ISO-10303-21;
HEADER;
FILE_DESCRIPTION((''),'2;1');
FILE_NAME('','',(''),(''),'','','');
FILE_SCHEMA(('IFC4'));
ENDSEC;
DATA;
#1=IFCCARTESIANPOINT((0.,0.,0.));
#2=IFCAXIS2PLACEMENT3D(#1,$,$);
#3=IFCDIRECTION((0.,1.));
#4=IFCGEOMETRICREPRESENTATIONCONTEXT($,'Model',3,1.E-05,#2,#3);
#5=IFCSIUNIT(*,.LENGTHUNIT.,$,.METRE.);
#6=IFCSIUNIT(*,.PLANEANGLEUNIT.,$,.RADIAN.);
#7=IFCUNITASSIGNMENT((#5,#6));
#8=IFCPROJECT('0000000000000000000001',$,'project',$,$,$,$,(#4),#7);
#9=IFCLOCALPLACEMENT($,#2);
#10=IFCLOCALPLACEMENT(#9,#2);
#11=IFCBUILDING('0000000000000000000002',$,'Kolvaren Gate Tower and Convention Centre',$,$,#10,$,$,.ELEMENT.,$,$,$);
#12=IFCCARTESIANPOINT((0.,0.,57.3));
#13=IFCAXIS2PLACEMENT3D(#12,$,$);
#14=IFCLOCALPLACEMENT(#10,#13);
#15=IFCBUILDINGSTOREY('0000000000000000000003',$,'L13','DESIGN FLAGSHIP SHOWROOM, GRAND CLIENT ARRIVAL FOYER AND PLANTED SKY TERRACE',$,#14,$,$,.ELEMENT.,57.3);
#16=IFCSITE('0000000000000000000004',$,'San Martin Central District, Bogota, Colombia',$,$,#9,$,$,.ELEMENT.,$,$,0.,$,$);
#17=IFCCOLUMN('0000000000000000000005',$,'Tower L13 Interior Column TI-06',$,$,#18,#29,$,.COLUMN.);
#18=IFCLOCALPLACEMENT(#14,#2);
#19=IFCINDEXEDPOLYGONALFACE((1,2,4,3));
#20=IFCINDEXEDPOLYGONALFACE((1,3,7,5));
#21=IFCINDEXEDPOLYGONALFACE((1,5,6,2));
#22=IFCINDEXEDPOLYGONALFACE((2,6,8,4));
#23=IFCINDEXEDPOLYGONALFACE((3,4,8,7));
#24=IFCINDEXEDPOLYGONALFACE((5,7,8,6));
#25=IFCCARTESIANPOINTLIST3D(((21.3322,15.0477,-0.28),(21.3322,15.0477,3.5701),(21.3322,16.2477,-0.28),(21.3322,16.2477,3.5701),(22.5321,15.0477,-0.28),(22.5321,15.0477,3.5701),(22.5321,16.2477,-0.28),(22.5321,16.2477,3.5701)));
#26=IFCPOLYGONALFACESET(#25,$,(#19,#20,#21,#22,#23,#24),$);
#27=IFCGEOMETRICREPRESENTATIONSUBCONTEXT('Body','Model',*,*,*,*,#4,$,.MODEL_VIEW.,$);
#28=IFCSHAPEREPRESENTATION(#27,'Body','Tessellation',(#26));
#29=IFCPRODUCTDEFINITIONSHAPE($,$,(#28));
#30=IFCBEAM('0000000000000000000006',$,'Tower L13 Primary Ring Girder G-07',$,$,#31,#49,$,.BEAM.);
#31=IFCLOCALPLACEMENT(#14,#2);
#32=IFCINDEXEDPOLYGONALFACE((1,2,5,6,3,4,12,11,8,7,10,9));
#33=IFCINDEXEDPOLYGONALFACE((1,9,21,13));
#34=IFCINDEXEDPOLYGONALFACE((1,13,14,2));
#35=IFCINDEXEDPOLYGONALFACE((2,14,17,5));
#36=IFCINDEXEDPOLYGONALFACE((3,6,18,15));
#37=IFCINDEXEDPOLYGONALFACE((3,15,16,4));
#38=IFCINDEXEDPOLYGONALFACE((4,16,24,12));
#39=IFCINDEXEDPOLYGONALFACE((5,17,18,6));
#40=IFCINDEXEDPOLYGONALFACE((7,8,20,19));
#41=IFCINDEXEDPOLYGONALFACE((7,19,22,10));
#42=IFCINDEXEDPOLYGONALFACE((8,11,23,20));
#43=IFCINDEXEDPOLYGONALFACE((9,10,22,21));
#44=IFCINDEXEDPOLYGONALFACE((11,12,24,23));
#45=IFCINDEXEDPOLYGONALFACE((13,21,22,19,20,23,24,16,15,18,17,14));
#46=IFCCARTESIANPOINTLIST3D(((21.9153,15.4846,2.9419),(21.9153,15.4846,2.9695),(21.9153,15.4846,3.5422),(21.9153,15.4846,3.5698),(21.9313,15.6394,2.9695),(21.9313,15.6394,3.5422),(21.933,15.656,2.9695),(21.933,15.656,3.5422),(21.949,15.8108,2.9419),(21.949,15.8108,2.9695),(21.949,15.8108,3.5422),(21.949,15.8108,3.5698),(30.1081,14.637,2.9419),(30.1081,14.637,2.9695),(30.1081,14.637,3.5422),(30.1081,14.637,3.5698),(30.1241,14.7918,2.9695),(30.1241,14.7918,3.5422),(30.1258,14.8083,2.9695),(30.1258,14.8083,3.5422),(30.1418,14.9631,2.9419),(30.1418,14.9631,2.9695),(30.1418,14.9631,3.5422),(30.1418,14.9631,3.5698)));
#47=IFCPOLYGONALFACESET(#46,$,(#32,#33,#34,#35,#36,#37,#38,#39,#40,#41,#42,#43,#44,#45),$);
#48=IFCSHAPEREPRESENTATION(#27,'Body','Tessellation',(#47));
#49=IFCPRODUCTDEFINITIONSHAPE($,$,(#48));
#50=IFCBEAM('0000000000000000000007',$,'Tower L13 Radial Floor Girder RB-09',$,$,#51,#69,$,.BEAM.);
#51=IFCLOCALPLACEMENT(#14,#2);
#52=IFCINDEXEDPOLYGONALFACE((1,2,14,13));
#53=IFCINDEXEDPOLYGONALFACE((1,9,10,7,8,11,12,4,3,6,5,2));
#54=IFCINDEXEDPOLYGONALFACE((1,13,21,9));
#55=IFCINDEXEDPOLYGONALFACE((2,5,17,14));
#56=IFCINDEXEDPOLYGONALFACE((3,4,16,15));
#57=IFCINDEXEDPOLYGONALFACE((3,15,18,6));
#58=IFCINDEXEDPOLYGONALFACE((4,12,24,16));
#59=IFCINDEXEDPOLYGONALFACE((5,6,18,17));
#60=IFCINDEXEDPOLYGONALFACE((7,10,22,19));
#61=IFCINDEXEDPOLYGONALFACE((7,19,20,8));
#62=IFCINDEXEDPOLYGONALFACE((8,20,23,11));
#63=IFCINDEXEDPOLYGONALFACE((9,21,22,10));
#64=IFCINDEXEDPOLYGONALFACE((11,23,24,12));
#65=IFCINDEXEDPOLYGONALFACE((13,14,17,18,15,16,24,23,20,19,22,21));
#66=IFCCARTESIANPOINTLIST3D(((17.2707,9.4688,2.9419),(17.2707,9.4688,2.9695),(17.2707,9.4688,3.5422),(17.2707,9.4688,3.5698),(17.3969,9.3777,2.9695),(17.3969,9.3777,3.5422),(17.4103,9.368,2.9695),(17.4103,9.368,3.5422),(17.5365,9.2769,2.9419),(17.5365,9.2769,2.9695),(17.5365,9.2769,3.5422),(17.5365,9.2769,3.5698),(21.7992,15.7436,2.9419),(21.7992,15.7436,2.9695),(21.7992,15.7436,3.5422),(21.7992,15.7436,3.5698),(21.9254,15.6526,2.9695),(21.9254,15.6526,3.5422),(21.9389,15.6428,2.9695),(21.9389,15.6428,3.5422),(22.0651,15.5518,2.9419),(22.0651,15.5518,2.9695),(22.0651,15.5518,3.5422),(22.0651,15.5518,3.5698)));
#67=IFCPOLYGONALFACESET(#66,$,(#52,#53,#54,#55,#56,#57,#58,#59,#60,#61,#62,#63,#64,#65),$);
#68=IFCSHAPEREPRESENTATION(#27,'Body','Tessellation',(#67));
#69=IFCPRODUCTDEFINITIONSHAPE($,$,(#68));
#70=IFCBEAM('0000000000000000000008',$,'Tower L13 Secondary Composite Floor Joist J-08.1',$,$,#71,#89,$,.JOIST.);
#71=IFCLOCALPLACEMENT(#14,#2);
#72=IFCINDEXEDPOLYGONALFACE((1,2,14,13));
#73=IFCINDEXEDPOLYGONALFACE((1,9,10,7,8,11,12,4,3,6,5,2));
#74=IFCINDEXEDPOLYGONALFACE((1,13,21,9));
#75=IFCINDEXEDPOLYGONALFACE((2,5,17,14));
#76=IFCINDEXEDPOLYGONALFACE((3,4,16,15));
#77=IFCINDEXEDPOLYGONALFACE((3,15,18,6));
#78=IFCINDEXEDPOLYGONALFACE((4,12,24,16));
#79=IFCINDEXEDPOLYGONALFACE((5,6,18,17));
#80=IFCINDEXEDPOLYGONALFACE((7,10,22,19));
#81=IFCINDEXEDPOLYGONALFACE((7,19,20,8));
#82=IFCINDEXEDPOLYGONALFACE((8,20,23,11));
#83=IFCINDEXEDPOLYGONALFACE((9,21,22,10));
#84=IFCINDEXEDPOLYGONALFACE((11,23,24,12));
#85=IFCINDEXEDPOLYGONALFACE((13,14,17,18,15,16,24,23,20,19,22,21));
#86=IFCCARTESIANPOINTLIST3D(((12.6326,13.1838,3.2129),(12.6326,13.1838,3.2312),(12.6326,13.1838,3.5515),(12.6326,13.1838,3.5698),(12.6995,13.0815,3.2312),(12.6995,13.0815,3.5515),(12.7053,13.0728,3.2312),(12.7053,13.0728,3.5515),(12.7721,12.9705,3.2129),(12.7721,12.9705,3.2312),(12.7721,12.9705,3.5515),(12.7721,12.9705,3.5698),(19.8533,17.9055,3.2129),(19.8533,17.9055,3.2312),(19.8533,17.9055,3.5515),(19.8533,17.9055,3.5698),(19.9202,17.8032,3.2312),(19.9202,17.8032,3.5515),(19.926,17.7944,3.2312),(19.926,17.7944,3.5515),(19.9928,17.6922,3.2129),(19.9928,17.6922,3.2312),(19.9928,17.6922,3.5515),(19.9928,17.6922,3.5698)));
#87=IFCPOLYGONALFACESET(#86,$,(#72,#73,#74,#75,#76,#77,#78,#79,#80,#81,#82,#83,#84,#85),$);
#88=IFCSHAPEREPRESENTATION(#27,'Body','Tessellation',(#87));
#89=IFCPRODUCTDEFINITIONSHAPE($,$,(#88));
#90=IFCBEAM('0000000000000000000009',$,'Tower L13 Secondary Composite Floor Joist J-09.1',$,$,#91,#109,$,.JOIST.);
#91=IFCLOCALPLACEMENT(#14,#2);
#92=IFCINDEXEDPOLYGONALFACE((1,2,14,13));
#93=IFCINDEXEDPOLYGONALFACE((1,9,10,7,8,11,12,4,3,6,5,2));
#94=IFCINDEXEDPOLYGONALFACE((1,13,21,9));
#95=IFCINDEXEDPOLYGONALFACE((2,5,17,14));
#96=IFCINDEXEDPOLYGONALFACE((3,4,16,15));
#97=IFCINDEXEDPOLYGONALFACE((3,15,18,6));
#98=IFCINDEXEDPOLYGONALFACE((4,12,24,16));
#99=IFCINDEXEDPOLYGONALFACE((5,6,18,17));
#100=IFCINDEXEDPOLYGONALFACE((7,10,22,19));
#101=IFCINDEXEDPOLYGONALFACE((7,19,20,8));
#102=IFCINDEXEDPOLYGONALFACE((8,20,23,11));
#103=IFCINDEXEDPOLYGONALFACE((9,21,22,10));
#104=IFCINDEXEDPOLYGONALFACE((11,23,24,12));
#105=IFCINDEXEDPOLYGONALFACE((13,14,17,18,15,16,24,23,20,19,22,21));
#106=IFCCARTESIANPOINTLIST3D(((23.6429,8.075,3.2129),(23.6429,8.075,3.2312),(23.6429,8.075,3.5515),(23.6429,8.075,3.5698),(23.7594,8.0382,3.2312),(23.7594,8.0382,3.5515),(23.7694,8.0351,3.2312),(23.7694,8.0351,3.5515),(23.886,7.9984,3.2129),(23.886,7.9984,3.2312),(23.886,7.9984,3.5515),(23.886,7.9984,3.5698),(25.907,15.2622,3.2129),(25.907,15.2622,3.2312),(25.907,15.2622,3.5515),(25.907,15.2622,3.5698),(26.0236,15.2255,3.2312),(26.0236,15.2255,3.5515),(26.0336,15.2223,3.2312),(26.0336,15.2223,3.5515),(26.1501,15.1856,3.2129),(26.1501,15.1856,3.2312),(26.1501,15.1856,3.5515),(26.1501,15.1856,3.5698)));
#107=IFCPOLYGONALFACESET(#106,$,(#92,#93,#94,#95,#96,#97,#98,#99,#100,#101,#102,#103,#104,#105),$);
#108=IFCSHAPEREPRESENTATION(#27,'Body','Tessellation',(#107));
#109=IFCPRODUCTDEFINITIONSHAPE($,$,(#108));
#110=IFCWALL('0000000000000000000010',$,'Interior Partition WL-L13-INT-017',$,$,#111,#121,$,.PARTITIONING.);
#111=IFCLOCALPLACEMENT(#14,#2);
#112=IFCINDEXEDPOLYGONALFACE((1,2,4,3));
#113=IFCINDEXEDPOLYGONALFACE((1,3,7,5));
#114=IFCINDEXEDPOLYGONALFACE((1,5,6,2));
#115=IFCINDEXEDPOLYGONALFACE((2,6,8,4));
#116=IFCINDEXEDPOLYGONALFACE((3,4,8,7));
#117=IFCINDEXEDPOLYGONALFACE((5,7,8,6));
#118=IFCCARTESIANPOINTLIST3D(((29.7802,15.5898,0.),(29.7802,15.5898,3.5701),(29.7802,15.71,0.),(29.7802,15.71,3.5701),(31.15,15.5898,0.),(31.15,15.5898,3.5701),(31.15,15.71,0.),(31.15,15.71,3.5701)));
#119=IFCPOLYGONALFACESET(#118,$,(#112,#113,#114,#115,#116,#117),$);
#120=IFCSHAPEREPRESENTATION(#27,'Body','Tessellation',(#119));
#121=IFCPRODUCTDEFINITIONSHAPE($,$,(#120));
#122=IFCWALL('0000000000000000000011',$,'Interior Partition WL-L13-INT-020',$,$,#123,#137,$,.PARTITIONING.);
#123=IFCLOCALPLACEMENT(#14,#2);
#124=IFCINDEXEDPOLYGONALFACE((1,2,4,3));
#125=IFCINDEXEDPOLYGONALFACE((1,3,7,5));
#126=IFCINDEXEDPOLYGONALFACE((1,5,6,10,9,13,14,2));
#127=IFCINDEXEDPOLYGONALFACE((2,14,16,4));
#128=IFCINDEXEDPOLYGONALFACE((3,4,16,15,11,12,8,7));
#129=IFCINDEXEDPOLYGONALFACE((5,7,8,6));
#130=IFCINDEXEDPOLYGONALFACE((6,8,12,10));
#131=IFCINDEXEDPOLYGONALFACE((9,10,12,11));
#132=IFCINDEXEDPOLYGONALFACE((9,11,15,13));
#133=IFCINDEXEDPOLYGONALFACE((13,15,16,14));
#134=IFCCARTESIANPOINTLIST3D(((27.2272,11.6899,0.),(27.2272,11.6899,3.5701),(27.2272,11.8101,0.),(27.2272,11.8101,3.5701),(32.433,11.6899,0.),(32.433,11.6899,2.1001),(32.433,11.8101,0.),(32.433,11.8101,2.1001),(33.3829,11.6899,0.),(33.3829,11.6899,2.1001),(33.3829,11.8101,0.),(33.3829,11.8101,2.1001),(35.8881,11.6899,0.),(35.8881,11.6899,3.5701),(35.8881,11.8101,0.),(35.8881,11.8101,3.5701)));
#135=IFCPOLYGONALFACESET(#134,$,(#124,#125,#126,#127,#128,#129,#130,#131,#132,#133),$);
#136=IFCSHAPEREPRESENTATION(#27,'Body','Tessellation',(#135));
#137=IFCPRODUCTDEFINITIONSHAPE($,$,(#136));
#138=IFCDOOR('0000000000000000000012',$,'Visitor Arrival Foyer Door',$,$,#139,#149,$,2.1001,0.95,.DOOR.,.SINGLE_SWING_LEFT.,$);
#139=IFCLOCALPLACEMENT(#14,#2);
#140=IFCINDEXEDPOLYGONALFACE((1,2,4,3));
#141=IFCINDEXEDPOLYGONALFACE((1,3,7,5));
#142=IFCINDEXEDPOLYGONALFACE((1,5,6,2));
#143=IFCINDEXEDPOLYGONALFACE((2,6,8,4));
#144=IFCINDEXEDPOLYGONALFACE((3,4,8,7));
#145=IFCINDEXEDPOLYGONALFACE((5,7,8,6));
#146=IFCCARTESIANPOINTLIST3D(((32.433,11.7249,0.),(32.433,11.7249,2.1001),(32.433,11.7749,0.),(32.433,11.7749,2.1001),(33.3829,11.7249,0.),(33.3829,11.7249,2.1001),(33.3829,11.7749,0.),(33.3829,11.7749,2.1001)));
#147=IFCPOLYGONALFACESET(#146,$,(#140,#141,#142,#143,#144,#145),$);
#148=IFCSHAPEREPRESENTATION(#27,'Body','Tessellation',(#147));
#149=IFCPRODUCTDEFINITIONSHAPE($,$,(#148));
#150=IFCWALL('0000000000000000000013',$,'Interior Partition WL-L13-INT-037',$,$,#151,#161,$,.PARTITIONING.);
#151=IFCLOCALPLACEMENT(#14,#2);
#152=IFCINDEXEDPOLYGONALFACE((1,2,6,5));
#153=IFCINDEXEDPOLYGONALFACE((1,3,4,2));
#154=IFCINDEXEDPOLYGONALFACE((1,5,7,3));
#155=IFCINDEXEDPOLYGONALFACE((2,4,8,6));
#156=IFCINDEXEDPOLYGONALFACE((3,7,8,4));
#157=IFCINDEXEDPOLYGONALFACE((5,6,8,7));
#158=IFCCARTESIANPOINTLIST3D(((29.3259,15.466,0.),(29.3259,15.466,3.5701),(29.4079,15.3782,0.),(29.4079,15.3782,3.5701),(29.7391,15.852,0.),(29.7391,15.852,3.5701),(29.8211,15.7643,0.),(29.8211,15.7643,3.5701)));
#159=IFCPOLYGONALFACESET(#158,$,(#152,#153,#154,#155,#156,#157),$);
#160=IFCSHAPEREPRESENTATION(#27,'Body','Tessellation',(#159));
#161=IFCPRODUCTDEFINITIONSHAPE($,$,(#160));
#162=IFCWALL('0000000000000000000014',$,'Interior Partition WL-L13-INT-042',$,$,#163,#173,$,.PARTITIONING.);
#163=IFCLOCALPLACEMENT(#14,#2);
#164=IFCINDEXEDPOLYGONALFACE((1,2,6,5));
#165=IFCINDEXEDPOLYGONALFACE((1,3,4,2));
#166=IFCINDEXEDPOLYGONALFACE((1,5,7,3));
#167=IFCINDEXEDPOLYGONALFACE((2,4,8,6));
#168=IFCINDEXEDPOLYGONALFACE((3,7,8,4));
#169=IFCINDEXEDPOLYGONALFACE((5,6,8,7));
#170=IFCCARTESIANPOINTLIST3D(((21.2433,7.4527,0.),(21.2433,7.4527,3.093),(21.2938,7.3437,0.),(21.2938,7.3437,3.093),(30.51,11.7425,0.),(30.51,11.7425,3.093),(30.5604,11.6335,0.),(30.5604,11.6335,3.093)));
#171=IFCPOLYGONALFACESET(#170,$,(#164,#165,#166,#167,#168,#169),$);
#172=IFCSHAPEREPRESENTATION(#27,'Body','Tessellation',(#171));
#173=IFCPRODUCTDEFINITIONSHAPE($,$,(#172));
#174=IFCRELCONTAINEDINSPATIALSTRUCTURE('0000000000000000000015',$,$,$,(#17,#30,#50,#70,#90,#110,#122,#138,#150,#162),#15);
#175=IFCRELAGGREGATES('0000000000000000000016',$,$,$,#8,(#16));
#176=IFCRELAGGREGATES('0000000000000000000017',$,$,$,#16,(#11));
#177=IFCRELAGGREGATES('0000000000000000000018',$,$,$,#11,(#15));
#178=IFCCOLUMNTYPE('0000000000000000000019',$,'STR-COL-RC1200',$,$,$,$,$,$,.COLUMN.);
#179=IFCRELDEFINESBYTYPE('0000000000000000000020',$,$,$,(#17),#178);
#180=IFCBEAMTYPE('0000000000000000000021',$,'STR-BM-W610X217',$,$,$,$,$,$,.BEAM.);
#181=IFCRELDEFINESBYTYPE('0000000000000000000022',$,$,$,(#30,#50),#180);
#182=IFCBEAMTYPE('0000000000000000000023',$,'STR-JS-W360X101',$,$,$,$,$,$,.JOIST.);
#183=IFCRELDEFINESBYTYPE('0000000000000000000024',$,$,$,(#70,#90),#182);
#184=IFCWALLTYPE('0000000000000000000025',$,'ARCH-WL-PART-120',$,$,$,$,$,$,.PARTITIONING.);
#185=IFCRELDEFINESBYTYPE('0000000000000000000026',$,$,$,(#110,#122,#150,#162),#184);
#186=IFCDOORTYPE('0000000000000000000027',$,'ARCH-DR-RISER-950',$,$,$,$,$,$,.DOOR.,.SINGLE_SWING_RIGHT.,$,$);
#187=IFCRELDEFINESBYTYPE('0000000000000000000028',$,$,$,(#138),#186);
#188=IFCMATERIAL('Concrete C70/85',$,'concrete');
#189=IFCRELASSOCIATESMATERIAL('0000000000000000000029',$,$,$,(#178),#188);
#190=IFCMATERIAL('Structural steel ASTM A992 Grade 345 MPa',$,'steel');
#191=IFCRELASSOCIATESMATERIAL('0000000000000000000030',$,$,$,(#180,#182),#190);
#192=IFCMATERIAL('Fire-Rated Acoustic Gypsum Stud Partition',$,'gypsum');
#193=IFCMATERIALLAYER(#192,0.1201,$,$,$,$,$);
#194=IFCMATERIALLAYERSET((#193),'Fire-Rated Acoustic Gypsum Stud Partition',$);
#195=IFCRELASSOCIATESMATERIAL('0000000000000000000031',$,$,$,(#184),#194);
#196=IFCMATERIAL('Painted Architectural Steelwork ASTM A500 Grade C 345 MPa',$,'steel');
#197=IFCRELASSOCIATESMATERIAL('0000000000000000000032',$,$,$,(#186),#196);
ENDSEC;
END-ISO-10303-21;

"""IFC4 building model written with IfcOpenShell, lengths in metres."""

from ifc_helpers import new_model, si_unit, direction, frame, frame_2d, origin, origin_2d, place, context, subcontext, project, spatial, rectangle, i_section, extrude, material, layer, layer_set, material_profile, profile_set, type_object, element, fill, save


model = new_model("IFC4")

# Units and contexts
model_context = context("Model", 3, precision=1e-05, world=origin(), true_north=direction((0.0, 1.0)))
body_context = subcontext(model_context, "Body", "Model", "MODEL_VIEW")
ifc_project = project(units=[si_unit("LENGTHUNIT", "METRE"), si_unit("PLANEANGLEUNIT", "RADIAN")], contexts=[model_context])

# Site, building, storey
site_placement = place(None, origin())
site = spatial("IfcSite", under=ifc_project, at=site_placement, Name="San Martin Central District, Bogota, Colombia", CompositionType="ELEMENT", RefElevation=0.0)
building_placement = place(site_placement, origin())
building = spatial("IfcBuilding", under=site, at=building_placement, Name="Kolvaren Gate Tower and Convention Centre", CompositionType="ELEMENT")
storey_placement = place(building_placement, frame((0.0, 0.0, 57.3)))
storey = spatial("IfcBuildingStorey", under=building, at=storey_placement, Name="L13", Description="DESIGN FLAGSHIP SHOWROOM, GRAND CLIENT ARRIVAL FOYER AND PLANTED SKY TERRACE", CompositionType="ELEMENT", Elevation=57.3)

# Column
ifc_material_1 = material(Name="Concrete C70/85", Category="concrete")
ifc_material_profile_1 = material_profile(ifc_material_1, rectangle(XDim=1.2, YDim=1.2, at=origin_2d()), Name="RC-COL-1200X1200")
ifc_profile_set_1 = profile_set([ifc_material_profile_1], Name="Concrete C70/85")
column_type = type_object("IfcColumnType", Name="STR-COL-RC1200", PredefinedType="COLUMN", material=ifc_profile_set_1)
column_placement = place(storey_placement, frame((21.9321, 15.6477, -0.28), z_axis=(0.0, 0.0, 1.0), x_axis=(1.0, 0.0, 0.0)))
element("IfcColumn", 1, at=column_placement, inside=storey, type_object=column_type, Name="Tower L13 Interior Column TI-06", PredefinedType="COLUMN", context=body_context, shape_type="SweptSolid", body=[
    extrude(rectangle(XDim=1.2, YDim=1.2, at=origin_2d()), origin(), (0.0, 0.0, 1.0), 3.8501),
])

# Beams
ifc_material_2 = material(Name="Structural steel ASTM A992 Grade 345 MPa", Category="steel")
ifc_material_profile_2 = material_profile(ifc_material_2, i_section(OverallWidth=0.3279, OverallDepth=0.6279, WebThickness=0.0166, FlangeThickness=0.0276, at=origin_2d()), Name="W610X217")
ifc_profile_set_2 = profile_set([ifc_material_profile_2], Name="Structural steel ASTM A992 Grade 345 MPa")
beam_type_1 = type_object("IfcBeamType", Name="STR-BM-W610X217", PredefinedType="BEAM", material=ifc_profile_set_2)
beam_1_placement = place(storey_placement, frame((21.9321, 15.6477, 3.2559), z_axis=(0.99469, -0.102913, 0.0), x_axis=(0.102913, 0.99469, 0.0)))
element("IfcBeam", 2, at=beam_1_placement, inside=storey, type_object=beam_type_1, Name="Tower L13 Primary Ring Girder G-07", PredefinedType="BEAM", context=body_context, shape_type="SweptSolid", body=[
    extrude(i_section(OverallWidth=0.3279, OverallDepth=0.6279, WebThickness=0.0166, FlangeThickness=0.0276, at=origin_2d()), origin(), (0.0, 0.0, 1.0), 8.2366),
])
beam_2_placement = place(storey_placement, frame((21.9321, 15.6477, 3.2559), z_axis=(-0.585209, -0.810882, 0.0), x_axis=(0.810882, -0.585209, 0.0)))
element("IfcBeam", 3, at=beam_2_placement, inside=storey, type_object=beam_type_1, Name="Tower L13 Radial Floor Girder RB-09", PredefinedType="BEAM", context=body_context, shape_type="SweptSolid", body=[
    extrude(i_section(OverallWidth=0.3279, OverallDepth=0.6279, WebThickness=0.0166, FlangeThickness=0.0276, at=origin_2d()), origin(), (0.0, 0.0, 1.0), 7.7383),
])
ifc_material_profile_3 = material_profile(ifc_material_2, i_section(OverallWidth=0.2549, OverallDepth=0.3569, WebThickness=0.0105, FlangeThickness=0.0183, at=origin_2d()), Name="W360X101")
ifc_profile_set_3 = profile_set([ifc_material_profile_3], Name="Structural steel ASTM A992 Grade 345 MPa")
beam_type_2 = type_object("IfcBeamType", Name="STR-JS-W360X101", PredefinedType="JOIST", material=ifc_profile_set_3)
beam_3_placement = place(storey_placement, frame((19.9231, 17.7988, 3.3914), z_axis=(-0.836946, -0.547286, 0.0), x_axis=(0.547286, -0.836946, 0.0)))
element("IfcBeam", 4, at=beam_3_placement, inside=storey, type_object=beam_type_2, Name="Tower L13 Secondary Composite Floor Joist J-08.1", PredefinedType="JOIST", context=body_context, shape_type="SweptSolid", body=[
    extrude(i_section(OverallWidth=0.2549, OverallDepth=0.3569, WebThickness=0.0105, FlangeThickness=0.0183, at=origin_2d()), origin(), (0.0, 0.0, 1.0), 8.6274),
])
beam_4_placement = place(storey_placement, frame((26.0286, 15.2239, 3.3914), z_axis=(-0.300468, -0.953792, 0.0), x_axis=(0.953792, -0.300468, 0.0)))
element("IfcBeam", 5, at=beam_4_placement, inside=storey, type_object=beam_type_2, Name="Tower L13 Secondary Composite Floor Joist J-09.1", PredefinedType="JOIST", context=body_context, shape_type="SweptSolid", body=[
    extrude(i_section(OverallWidth=0.2549, OverallDepth=0.3569, WebThickness=0.0105, FlangeThickness=0.0183, at=origin_2d()), origin(), (0.0, 0.0, 1.0), 7.5354),
])

# Wall
ifc_material_3 = material(Name="Fire-Rated Acoustic Gypsum Stud Partition", Category="gypsum")
ifc_layer_1 = layer(ifc_material_3, 0.1201)
ifc_layer_set_1 = layer_set([ifc_layer_1], Name="Fire-Rated Acoustic Gypsum Stud Partition")
wall_type_1 = type_object("IfcWallType", Name="ARCH-WL-PART-120", PredefinedType="PARTITIONING", material=ifc_layer_set_1)
wall_1_placement = place(storey_placement, frame((29.78, 15.6499, 0.0), z_axis=(0.0, 0.0, 1.0), x_axis=(1.0, 0.0, 0.0)))
element("IfcWall", 6, at=wall_1_placement, inside=storey, type_object=wall_type_1, Name="Interior Partition WL-L13-INT-017", PredefinedType="PARTITIONING", context=body_context, shape_type="SweptSolid", body=[
    extrude(rectangle(XDim=1.3699, YDim=0.1201, at=frame_2d((0.6851, 0.0))), origin(), (0.0, 0.0, 1.0), 3.5701),
])

# Wall, opening, door
wall_2_placement = place(storey_placement, frame((27.2271, 11.75, 0.0), z_axis=(0.0, 0.0, 1.0), x_axis=(1.0, 0.0, 0.0)))
wall_2 = element("IfcWall", 7, at=wall_2_placement, inside=storey, type_object=wall_type_1, Name="Interior Partition WL-L13-INT-020", PredefinedType="PARTITIONING", context=body_context, shape_type="SweptSolid", body=[
    extrude(rectangle(XDim=8.6609, YDim=0.1201, at=frame_2d((4.3306, 0.0))), origin(), (0.0, 0.0, 1.0), 3.5701),
])
opening_1_placement = place(wall_2_placement, frame((5.2058, 0.0, 0.0)))
opening_1 = element("IfcOpeningElement", 8, at=opening_1_placement, cuts=wall_2, PredefinedType="OPENING", context=body_context, shape_type="SweptSolid", body=[
    extrude(rectangle(XDim=0.95, YDim=2.1001, at=frame_2d((0.4751, 1.05))), frame((0.0, 0.0701, 0.0), z_axis=(0.0, -1.0, 0.0), x_axis=(1.0, 0.0, 0.0)), (0.0, 0.0, 1.0), 0.1401),
])
ifc_material_4 = material(Name="Painted Architectural Steelwork ASTM A500 Grade C 345 MPa", Category="steel")
door_type_1 = type_object("IfcDoorType", Name="ARCH-DR-RISER-950", OperationType="SINGLE_SWING_RIGHT", PredefinedType="DOOR", material=ifc_material_4)
door_1_placement = place(opening_1_placement, origin())
door_1 = element("IfcDoor", 9, at=door_1_placement, inside=storey, type_object=door_type_1, Name="Visitor Arrival Foyer Door", OperationType="SINGLE_SWING_LEFT", OverallHeight=2.1001, OverallWidth=0.95, PredefinedType="DOOR", context=body_context, shape_type="SweptSolid", body=[
    extrude(rectangle(XDim=0.95, YDim=2.1001, at=frame_2d((0.4751, 1.05))), frame((0.0, 0.0249, 0.0), z_axis=(0.0, -1.0, 0.0), x_axis=(1.0, 0.0, 0.0)), (0.0, 0.0, 1.0), 0.05),
])
fill(opening_1, door_1)

# Walls
wall_3_placement = place(storey_placement, frame((29.3669, 15.4221, 0.0), z_axis=(0.0, 0.0, 1.0), x_axis=(0.730667, 0.682734, 0.0)))
element("IfcWall", 10, at=wall_3_placement, inside=storey, type_object=wall_type_1, Name="Interior Partition WL-L13-INT-037", PredefinedType="PARTITIONING", context=body_context, shape_type="SweptSolid", body=[
    extrude(rectangle(XDim=0.5654, YDim=0.1201, at=frame_2d((0.2827, 0.0))), origin(), (0.0, 0.0, 1.0), 3.5701),
])
wall_4_placement = place(storey_placement, frame((21.2686, 7.3982, 0.0), z_axis=(0.0, 0.0, 1.0), x_axis=(0.907478, 0.4201, 0.0)))
element("IfcWall", 11, at=wall_4_placement, inside=storey, type_object=wall_type_1, Name="Interior Partition WL-L13-INT-042", PredefinedType="PARTITIONING", context=body_context, shape_type="SweptSolid", body=[
    extrude(rectangle(XDim=10.2114, YDim=0.1201, at=frame_2d((5.1057, 0.0))), origin(), (0.0, 0.0, 1.0), 3.093),
])

save(model, "model.ifc")
